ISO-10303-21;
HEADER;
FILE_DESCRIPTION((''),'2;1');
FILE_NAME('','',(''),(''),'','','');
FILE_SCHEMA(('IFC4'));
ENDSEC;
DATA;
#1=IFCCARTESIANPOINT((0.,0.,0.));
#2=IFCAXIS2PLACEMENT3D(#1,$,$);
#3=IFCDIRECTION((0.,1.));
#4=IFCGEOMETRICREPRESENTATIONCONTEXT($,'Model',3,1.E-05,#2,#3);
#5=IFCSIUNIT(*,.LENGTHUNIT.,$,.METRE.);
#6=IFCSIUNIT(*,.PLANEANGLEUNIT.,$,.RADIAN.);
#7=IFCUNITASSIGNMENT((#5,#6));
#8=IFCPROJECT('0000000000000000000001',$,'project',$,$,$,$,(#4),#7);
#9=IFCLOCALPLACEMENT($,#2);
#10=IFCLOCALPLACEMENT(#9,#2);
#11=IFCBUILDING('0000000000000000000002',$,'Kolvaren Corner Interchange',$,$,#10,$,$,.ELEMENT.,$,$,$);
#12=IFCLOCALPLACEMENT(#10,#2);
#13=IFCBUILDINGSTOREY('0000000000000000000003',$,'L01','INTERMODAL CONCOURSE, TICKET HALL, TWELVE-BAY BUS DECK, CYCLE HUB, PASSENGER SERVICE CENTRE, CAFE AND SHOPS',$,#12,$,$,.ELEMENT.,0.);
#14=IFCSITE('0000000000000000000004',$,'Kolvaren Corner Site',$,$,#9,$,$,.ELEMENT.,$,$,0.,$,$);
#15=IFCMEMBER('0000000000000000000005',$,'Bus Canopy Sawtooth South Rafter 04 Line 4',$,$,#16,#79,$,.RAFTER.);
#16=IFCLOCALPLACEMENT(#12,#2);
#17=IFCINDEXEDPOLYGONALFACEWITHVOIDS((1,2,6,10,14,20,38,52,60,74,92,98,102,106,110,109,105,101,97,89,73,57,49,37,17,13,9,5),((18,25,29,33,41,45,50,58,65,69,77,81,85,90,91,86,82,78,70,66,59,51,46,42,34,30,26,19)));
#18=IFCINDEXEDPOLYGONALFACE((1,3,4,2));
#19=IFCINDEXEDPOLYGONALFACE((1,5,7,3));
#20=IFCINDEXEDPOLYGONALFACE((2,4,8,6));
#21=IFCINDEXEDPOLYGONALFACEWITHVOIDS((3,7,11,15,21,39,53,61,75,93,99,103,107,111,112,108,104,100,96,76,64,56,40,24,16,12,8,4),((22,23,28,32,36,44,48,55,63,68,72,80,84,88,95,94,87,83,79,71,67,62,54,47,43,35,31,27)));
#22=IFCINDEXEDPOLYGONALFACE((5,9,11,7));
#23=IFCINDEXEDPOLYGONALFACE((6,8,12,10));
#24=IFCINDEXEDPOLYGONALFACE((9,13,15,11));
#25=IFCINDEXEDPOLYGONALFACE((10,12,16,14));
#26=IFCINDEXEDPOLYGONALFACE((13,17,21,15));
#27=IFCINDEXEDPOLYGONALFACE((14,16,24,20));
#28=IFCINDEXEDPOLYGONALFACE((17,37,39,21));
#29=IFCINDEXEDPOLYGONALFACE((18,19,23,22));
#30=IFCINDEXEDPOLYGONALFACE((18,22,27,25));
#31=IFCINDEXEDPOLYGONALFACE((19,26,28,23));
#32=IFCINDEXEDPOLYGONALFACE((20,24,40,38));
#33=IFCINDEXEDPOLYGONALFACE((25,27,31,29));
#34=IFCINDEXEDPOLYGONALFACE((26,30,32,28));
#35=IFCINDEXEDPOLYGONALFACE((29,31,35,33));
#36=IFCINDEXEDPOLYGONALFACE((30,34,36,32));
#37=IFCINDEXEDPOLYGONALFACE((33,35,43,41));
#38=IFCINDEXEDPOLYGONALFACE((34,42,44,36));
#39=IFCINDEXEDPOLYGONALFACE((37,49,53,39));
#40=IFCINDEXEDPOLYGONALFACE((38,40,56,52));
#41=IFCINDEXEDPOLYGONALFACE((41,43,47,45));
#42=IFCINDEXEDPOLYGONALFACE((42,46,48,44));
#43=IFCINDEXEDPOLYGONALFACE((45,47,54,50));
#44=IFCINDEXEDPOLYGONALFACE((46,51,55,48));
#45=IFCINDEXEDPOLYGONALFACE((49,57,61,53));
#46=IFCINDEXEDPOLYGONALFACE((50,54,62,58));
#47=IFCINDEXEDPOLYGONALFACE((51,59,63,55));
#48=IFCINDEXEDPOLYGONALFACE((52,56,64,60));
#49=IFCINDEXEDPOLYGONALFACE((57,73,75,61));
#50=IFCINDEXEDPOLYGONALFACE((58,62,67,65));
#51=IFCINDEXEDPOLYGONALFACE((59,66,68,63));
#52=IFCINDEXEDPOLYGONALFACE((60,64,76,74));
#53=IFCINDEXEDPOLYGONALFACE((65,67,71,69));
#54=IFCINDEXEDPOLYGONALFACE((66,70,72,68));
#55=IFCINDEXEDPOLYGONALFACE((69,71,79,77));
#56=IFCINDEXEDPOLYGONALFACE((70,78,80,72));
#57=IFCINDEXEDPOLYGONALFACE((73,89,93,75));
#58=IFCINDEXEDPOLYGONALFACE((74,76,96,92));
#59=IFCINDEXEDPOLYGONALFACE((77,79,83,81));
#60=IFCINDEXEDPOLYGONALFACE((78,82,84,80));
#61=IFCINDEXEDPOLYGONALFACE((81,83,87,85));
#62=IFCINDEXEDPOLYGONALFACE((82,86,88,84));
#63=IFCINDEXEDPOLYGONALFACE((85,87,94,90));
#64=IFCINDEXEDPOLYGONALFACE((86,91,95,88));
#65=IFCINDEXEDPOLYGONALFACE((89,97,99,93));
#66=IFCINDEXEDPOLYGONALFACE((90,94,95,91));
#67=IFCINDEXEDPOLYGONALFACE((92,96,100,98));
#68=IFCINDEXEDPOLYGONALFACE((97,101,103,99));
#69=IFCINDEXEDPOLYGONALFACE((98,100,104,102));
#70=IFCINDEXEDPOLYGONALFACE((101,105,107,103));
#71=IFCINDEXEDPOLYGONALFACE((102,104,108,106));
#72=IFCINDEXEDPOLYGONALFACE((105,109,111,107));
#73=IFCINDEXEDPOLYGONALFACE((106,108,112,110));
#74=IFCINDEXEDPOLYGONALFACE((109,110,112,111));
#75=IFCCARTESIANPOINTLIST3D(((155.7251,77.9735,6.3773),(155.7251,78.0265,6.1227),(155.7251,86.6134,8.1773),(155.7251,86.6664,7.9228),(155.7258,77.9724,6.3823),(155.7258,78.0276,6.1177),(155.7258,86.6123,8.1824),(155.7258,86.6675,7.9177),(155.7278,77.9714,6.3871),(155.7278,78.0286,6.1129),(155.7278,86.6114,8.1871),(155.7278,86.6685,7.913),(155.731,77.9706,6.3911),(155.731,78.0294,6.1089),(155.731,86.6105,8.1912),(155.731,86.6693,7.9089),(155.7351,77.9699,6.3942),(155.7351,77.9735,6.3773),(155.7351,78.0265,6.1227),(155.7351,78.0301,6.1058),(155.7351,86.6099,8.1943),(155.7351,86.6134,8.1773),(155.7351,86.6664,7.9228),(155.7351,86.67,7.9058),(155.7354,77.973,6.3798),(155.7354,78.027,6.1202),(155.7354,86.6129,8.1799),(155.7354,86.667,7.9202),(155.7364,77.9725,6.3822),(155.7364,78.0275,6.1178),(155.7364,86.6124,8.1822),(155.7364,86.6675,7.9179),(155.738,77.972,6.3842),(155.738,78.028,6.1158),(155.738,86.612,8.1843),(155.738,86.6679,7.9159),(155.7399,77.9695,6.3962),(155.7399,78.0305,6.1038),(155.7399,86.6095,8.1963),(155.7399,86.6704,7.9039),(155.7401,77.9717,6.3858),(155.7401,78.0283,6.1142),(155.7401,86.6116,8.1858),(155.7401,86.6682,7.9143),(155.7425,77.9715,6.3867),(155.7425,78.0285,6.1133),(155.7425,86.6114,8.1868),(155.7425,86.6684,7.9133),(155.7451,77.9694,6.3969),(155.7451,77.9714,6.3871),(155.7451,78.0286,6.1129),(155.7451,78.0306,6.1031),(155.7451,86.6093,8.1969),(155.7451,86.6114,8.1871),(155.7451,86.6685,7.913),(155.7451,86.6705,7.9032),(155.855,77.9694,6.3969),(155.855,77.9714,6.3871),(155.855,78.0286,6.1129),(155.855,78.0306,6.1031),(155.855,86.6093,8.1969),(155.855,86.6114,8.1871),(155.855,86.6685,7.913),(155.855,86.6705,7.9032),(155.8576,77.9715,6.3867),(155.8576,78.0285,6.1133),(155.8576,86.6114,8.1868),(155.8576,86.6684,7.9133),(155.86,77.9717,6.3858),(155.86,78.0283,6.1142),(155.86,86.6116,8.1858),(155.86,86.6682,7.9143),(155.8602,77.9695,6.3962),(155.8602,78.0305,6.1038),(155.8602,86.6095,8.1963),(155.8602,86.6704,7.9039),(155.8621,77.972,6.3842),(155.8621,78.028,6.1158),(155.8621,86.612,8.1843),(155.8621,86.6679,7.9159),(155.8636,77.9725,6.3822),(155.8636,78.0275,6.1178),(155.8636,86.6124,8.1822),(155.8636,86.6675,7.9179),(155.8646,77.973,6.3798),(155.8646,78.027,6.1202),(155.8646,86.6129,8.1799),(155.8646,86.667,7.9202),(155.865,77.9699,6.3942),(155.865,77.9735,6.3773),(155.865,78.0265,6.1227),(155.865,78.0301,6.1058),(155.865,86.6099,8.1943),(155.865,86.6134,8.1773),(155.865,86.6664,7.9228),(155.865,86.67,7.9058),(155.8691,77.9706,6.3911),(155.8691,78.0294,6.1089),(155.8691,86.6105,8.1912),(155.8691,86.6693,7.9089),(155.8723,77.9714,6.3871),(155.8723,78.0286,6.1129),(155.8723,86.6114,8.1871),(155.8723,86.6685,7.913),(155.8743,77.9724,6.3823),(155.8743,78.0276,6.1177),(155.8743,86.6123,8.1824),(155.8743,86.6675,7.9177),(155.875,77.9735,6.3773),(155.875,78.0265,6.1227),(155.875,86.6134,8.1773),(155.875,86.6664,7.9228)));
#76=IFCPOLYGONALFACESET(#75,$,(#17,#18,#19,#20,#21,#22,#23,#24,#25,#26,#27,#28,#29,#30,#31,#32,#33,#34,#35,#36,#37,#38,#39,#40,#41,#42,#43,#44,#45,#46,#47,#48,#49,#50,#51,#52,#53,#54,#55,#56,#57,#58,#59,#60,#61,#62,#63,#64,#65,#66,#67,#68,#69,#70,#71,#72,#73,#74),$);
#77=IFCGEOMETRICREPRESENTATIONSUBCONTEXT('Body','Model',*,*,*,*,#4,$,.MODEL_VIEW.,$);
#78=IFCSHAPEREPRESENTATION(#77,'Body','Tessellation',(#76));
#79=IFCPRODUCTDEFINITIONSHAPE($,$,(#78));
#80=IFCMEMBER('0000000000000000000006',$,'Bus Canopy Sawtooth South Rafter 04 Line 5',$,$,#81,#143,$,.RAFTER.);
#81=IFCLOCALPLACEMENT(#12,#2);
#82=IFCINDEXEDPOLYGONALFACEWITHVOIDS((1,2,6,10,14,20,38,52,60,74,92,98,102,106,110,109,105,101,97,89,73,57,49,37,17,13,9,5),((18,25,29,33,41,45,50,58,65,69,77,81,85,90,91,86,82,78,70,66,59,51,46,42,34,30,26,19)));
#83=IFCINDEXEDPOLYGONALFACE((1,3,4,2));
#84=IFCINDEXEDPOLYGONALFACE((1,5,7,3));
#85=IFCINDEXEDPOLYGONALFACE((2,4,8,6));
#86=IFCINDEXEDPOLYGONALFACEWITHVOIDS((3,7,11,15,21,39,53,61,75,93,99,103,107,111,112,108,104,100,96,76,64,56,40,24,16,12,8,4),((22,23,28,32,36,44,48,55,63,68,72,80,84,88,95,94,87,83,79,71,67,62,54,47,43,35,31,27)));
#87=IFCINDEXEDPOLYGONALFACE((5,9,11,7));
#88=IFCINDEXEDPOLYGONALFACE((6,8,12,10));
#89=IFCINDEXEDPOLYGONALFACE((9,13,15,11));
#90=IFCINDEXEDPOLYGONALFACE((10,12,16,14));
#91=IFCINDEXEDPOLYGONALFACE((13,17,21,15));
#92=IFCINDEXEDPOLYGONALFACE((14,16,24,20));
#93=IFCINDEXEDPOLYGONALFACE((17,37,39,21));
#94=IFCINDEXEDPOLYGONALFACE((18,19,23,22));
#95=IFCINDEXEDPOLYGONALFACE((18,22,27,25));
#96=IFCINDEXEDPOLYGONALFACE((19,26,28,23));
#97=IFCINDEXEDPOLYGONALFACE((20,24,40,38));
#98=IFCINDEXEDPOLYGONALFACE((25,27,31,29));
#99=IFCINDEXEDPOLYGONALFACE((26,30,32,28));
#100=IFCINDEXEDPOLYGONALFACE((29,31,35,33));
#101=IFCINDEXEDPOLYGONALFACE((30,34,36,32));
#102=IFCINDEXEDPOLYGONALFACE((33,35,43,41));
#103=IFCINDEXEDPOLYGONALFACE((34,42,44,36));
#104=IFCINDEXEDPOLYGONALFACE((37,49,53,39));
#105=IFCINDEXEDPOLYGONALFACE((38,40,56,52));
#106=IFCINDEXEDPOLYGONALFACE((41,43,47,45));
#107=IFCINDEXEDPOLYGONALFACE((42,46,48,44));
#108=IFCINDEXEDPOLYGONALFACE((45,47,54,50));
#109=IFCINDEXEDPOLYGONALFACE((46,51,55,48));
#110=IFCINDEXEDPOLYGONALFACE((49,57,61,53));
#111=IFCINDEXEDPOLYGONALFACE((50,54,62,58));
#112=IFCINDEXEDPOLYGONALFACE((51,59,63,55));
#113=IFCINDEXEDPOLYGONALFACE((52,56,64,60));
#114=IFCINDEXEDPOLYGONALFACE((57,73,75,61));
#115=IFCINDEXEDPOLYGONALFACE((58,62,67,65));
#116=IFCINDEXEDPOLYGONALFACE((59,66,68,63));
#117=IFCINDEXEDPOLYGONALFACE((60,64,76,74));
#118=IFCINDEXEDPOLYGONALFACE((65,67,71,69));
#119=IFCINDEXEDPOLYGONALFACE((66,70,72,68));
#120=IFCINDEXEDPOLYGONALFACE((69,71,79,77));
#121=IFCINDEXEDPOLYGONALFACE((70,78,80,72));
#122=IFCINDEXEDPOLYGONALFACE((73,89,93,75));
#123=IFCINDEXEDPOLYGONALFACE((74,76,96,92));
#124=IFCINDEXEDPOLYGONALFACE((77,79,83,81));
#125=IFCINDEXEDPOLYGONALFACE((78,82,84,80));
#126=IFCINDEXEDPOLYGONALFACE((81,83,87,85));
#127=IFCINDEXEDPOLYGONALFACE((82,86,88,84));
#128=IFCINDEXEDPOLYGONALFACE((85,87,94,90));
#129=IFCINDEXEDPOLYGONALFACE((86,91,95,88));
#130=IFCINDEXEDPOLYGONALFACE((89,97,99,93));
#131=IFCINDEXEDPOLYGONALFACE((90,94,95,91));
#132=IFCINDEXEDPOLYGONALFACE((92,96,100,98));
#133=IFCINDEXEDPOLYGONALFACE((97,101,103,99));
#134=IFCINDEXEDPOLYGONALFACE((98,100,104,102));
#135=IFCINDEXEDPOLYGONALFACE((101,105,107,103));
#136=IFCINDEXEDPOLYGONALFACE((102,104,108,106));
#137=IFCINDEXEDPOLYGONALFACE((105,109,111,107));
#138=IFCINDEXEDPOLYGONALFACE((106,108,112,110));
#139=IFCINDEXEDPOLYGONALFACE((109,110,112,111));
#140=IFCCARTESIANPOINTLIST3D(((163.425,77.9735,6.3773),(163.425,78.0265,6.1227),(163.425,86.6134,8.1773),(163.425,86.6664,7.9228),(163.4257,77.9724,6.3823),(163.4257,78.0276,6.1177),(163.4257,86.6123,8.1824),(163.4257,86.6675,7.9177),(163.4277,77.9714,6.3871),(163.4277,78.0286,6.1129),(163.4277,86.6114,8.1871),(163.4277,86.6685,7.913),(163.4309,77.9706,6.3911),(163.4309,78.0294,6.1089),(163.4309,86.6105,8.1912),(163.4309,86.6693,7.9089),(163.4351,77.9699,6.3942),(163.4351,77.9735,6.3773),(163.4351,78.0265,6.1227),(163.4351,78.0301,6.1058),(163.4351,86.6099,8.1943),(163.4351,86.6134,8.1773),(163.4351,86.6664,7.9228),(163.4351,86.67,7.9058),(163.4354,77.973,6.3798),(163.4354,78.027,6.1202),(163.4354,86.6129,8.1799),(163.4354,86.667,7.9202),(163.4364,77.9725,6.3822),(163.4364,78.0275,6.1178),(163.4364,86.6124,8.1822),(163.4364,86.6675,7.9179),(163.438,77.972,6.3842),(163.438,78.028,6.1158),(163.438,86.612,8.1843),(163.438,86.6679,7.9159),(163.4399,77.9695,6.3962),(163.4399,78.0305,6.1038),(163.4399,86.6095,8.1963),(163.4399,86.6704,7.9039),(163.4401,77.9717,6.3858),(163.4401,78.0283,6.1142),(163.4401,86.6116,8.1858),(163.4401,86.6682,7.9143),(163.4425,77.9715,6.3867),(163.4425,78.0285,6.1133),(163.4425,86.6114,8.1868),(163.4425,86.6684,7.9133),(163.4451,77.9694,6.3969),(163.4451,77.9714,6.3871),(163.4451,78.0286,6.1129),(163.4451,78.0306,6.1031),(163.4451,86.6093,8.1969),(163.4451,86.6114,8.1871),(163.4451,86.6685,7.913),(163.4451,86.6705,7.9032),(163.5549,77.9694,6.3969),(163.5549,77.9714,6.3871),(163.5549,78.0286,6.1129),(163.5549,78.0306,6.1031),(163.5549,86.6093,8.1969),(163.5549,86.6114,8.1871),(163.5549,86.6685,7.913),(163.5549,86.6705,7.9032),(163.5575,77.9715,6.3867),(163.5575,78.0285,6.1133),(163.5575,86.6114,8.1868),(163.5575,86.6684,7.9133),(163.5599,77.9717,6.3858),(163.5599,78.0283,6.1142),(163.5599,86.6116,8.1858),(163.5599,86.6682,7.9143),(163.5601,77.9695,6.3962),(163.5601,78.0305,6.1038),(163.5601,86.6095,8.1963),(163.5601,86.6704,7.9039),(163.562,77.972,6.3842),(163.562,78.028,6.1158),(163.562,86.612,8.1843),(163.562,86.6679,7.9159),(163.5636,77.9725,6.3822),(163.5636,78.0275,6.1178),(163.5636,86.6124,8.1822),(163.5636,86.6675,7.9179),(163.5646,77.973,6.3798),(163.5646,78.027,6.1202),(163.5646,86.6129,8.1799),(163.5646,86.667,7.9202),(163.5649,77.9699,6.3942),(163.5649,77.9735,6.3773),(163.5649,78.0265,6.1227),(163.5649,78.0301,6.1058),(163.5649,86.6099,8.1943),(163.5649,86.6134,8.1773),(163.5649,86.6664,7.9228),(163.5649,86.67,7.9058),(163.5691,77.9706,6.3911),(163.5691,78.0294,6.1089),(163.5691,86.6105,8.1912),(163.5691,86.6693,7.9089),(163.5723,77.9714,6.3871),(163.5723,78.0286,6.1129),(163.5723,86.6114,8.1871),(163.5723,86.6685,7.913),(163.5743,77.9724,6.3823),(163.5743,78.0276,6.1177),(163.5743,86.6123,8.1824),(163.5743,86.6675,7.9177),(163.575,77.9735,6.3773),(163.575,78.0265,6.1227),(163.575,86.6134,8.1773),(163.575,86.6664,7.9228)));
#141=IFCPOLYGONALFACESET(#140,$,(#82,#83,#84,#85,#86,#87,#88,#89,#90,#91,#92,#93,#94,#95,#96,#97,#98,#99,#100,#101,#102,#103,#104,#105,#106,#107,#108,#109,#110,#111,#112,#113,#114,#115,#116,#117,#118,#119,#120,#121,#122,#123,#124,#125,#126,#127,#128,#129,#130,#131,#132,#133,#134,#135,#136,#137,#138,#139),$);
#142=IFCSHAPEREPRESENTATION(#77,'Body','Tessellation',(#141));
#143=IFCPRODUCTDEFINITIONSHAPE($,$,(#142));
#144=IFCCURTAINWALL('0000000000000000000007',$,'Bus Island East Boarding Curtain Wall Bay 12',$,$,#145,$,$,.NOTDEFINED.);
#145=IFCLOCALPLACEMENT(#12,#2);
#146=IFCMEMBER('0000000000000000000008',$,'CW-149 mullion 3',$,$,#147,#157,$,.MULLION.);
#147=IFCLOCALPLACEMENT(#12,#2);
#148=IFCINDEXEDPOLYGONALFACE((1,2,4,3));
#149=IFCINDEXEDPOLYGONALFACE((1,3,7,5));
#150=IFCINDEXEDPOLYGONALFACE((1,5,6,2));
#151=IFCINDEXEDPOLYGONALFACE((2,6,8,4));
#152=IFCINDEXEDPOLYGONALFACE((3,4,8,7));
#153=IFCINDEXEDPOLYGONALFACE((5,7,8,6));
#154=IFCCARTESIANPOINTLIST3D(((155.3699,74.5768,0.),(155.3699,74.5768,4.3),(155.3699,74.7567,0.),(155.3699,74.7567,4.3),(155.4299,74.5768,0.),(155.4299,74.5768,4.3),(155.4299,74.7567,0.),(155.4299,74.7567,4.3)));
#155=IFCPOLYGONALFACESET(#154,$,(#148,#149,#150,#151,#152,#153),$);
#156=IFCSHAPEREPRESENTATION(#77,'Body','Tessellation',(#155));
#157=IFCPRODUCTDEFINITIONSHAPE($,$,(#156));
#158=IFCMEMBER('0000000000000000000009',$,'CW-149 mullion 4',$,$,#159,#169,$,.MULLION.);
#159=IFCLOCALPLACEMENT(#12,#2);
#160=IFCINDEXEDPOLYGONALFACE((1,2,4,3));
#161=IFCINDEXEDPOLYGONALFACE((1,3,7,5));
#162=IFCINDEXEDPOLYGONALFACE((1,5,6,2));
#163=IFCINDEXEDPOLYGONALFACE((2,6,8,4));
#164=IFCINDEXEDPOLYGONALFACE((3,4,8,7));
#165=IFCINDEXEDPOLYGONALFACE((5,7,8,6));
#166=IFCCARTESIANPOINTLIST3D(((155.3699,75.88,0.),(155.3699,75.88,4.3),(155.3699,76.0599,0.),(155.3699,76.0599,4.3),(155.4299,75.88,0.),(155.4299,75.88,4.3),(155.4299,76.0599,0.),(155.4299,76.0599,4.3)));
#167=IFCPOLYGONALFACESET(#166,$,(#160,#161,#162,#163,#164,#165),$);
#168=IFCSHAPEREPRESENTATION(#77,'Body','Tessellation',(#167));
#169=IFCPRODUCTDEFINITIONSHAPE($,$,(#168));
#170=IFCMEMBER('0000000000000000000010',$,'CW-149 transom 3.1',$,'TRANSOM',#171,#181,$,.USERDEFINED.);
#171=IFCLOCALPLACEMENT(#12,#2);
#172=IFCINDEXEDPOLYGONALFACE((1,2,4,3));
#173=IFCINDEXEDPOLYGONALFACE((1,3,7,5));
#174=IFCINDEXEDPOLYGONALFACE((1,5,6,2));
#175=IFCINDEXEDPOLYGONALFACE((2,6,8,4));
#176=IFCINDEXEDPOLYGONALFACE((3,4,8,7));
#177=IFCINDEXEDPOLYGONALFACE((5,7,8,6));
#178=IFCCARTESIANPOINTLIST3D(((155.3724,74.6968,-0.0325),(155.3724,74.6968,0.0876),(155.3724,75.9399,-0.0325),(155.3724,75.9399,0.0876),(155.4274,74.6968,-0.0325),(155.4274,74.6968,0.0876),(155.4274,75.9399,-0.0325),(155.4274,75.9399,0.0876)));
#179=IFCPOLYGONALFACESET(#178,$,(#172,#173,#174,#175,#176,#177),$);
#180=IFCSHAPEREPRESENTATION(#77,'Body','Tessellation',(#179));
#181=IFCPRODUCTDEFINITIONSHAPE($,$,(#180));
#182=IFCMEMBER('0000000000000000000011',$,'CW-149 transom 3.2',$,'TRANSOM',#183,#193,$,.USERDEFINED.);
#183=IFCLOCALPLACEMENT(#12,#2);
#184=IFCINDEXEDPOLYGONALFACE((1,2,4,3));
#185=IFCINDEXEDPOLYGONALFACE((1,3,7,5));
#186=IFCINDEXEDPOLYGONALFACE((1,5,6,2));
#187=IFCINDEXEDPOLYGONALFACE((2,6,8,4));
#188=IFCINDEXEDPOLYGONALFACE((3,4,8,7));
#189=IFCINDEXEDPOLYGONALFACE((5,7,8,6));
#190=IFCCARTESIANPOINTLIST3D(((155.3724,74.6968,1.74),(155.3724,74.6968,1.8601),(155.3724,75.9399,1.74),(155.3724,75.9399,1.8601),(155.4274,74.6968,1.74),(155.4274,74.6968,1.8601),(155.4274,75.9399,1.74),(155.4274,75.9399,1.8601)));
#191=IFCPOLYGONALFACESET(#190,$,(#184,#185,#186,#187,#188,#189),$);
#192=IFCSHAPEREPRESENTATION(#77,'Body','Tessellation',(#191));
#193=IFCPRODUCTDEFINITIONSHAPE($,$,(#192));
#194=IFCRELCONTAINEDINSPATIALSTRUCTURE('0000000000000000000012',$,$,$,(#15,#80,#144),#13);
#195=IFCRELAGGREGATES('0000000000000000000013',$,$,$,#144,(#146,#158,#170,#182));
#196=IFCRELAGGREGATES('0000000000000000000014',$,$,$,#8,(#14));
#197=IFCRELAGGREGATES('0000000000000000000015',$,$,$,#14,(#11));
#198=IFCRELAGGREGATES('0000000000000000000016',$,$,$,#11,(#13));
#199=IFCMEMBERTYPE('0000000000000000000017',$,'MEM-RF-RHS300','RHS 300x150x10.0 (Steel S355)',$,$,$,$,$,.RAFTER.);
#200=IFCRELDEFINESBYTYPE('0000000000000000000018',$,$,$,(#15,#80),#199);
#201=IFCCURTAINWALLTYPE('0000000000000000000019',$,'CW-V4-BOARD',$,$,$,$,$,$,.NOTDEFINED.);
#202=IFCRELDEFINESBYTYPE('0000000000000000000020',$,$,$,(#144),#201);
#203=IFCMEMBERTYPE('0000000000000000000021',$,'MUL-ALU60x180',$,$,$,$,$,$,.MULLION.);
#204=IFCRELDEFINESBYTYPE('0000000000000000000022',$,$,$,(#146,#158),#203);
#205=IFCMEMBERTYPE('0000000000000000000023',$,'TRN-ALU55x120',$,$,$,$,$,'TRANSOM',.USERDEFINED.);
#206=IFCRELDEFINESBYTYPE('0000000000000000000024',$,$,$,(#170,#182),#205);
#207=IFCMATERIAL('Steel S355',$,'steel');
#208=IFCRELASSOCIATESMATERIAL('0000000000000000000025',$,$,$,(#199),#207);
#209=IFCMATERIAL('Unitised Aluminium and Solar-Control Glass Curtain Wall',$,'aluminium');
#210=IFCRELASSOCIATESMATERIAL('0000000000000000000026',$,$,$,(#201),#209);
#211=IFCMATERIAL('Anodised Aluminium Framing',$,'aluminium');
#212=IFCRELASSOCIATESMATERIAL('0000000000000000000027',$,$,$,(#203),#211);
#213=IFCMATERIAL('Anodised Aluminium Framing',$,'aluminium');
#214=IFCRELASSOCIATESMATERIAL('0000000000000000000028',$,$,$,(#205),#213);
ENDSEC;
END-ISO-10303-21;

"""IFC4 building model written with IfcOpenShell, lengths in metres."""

from ifc_helpers import new_model, si_unit, direction, frame, origin, origin_2d, place, context, subcontext, project, spatial, rectangle, hollow_rectangle, extrude, material, material_profile, profile_set, type_object, element, aggregate, save


model = new_model("IFC4")

# Units and contexts
model_context = context("Model", 3, precision=1e-05, world=origin(), true_north=direction((0.0, 1.0)))
body_context = subcontext(model_context, "Body", "Model", "MODEL_VIEW")
ifc_project = project(units=[si_unit("LENGTHUNIT", "METRE"), si_unit("PLANEANGLEUNIT", "RADIAN")], contexts=[model_context])

# Site, building, storey
site_placement = place(None, origin())
site = spatial("IfcSite", under=ifc_project, at=site_placement, Name="Kolvaren Corner Site", CompositionType="ELEMENT", RefElevation=0.0)
building_placement = place(site_placement, origin())
building = spatial("IfcBuilding", under=site, at=building_placement, Name="Kolvaren Corner Interchange", CompositionType="ELEMENT")
storey_placement = place(building_placement, origin())
storey = spatial("IfcBuildingStorey", under=building, at=storey_placement, Name="L01", Description="INTERMODAL CONCOURSE, TICKET HALL, TWELVE-BAY BUS DECK, CYCLE HUB, PASSENGER SERVICE CENTRE, CAFE AND SHOPS", CompositionType="ELEMENT", Elevation=0.0)

# Members
ifc_material_1 = material(Name="Steel S355", Category="steel")
ifc_material_profile_1 = material_profile(ifc_material_1, hollow_rectangle(XDim=0.1499, YDim=0.3, WallThickness=0.01, InnerFilletRadius=0.01, OuterFilletRadius=0.02, at=origin_2d()), Name="RHS 300x150x10.0")
ifc_profile_set_1 = profile_set([ifc_material_profile_1], Name="Steel S355")
member_type_1 = type_object("IfcMemberType", Name="MEM-RF-RHS300", Description="RHS 300x150x10.0 (Steel S355)", PredefinedType="RAFTER", material=ifc_profile_set_1)
for number, where, z_axis, x_axis, name in (
    (1, (155.8, 78.0, 6.25), (0.0, 0.978979, 0.203962), (-1.0, 0.0, 0.0), "Bus Canopy Sawtooth South Rafter 04 Line 4"),
    (2, (163.5, 78.0, 6.25), (0.0, 0.978979, 0.203962), (-1.0, 0.0, 0.0), "Bus Canopy Sawtooth South Rafter 04 Line 5"),
):
    element("IfcMember", number, at=place(storey_placement, frame(where, z_axis=z_axis, x_axis=x_axis)), inside=storey, type_object=member_type_1, Name=name, PredefinedType="RAFTER", context=body_context, shape_type="SweptSolid", body=[
        extrude(hollow_rectangle(XDim=0.1499, YDim=0.3, WallThickness=0.01, InnerFilletRadius=0.01, OuterFilletRadius=0.02, at=origin_2d()), origin(), (0.0, 0.0, 1.0), 8.8254),
    ])

# Curtain wall, members
ifc_material_2 = material(Name="Unitised Aluminium and Solar-Control Glass Curtain Wall", Category="aluminium")
curtain_wall_type = type_object("IfcCurtainWallType", Name="CW-V4-BOARD", PredefinedType="NOTDEFINED", material=ifc_material_2)
curtain_wall_placement = place(storey_placement, origin())
curtain_wall = element("IfcCurtainWall", 3, at=curtain_wall_placement, inside=storey, type_object=curtain_wall_type, Name="Bus Island East Boarding Curtain Wall Bay 12", PredefinedType="NOTDEFINED")
ifc_material_3 = material(Name="Anodised Aluminium Framing", Category="aluminium")
ifc_material_profile_2 = material_profile(ifc_material_3, rectangle(XDim=0.0601, YDim=0.1799, at=origin_2d()), Name="ALU 60x180")
ifc_profile_set_2 = profile_set([ifc_material_profile_2], Name="Anodised Aluminium Framing")
member_type_2 = type_object("IfcMemberType", Name="MUL-ALU60x180", PredefinedType="MULLION", material=ifc_profile_set_2)
member_1_placement = place(storey_placement, frame((155.3999, 74.6667, 0.0), z_axis=(0.0, 0.0, 1.0), x_axis=(-1.0, 0.0, 0.0)))
member_1 = element("IfcMember", 4, at=member_1_placement, type_object=member_type_2, Name="CW-149 mullion 3", PredefinedType="MULLION", context=body_context, shape_type="SweptSolid", body=[
    extrude(rectangle(XDim=0.0601, YDim=0.1799, at=origin_2d()), origin(), (0.0, 0.0, 1.0), 4.3),
])
member_2_placement = place(storey_placement, frame((155.3999, 75.97, 0.0), z_axis=(0.0, 0.0, 1.0), x_axis=(-1.0, 0.0, 0.0)))
member_2 = element("IfcMember", 5, at=member_2_placement, type_object=member_type_2, Name="CW-149 mullion 4", PredefinedType="MULLION", context=body_context, shape_type="SweptSolid", body=[
    extrude(rectangle(XDim=0.0601, YDim=0.1799, at=origin_2d()), origin(), (0.0, 0.0, 1.0), 4.3),
])
ifc_material_4 = material(Name="Anodised Aluminium Framing", Category="aluminium")
ifc_material_profile_3 = material_profile(ifc_material_4, rectangle(XDim=0.0549, YDim=0.1201, at=origin_2d()), Name="ALU 55x120")
ifc_profile_set_3 = profile_set([ifc_material_profile_3], Name="Anodised Aluminium Framing")
member_type_3 = type_object("IfcMemberType", Name="TRN-ALU55x120", ElementType="TRANSOM", PredefinedType="USERDEFINED", material=ifc_profile_set_3)
member_3_placement = place(storey_placement, frame((155.3999, 74.6968, 0.0276), z_axis=(0.0, 1.0, 0.0), x_axis=(-1.0, 0.0, 0.0)))
member_3 = element("IfcMember", 6, at=member_3_placement, type_object=member_type_3, Name="CW-149 transom 3.1", ObjectType="TRANSOM", PredefinedType="USERDEFINED", context=body_context, shape_type="SweptSolid", body=[
    extrude(rectangle(XDim=0.0549, YDim=0.1201, at=origin_2d()), origin(), (0.0, 0.0, 1.0), 1.2432),
])
member_4_placement = place(storey_placement, frame((155.3999, 74.6968, 1.8), z_axis=(0.0, 1.0, 0.0), x_axis=(-1.0, 0.0, 0.0)))
member_4 = element("IfcMember", 7, at=member_4_placement, type_object=member_type_3, Name="CW-149 transom 3.2", ObjectType="TRANSOM", PredefinedType="USERDEFINED", context=body_context, shape_type="SweptSolid", body=[
    extrude(rectangle(XDim=0.0549, YDim=0.1201, at=origin_2d()), origin(), (0.0, 0.0, 1.0), 1.2432),
])
aggregate(curtain_wall, [member_1, member_2, member_3, member_4])

save(model, "model.ifc")
